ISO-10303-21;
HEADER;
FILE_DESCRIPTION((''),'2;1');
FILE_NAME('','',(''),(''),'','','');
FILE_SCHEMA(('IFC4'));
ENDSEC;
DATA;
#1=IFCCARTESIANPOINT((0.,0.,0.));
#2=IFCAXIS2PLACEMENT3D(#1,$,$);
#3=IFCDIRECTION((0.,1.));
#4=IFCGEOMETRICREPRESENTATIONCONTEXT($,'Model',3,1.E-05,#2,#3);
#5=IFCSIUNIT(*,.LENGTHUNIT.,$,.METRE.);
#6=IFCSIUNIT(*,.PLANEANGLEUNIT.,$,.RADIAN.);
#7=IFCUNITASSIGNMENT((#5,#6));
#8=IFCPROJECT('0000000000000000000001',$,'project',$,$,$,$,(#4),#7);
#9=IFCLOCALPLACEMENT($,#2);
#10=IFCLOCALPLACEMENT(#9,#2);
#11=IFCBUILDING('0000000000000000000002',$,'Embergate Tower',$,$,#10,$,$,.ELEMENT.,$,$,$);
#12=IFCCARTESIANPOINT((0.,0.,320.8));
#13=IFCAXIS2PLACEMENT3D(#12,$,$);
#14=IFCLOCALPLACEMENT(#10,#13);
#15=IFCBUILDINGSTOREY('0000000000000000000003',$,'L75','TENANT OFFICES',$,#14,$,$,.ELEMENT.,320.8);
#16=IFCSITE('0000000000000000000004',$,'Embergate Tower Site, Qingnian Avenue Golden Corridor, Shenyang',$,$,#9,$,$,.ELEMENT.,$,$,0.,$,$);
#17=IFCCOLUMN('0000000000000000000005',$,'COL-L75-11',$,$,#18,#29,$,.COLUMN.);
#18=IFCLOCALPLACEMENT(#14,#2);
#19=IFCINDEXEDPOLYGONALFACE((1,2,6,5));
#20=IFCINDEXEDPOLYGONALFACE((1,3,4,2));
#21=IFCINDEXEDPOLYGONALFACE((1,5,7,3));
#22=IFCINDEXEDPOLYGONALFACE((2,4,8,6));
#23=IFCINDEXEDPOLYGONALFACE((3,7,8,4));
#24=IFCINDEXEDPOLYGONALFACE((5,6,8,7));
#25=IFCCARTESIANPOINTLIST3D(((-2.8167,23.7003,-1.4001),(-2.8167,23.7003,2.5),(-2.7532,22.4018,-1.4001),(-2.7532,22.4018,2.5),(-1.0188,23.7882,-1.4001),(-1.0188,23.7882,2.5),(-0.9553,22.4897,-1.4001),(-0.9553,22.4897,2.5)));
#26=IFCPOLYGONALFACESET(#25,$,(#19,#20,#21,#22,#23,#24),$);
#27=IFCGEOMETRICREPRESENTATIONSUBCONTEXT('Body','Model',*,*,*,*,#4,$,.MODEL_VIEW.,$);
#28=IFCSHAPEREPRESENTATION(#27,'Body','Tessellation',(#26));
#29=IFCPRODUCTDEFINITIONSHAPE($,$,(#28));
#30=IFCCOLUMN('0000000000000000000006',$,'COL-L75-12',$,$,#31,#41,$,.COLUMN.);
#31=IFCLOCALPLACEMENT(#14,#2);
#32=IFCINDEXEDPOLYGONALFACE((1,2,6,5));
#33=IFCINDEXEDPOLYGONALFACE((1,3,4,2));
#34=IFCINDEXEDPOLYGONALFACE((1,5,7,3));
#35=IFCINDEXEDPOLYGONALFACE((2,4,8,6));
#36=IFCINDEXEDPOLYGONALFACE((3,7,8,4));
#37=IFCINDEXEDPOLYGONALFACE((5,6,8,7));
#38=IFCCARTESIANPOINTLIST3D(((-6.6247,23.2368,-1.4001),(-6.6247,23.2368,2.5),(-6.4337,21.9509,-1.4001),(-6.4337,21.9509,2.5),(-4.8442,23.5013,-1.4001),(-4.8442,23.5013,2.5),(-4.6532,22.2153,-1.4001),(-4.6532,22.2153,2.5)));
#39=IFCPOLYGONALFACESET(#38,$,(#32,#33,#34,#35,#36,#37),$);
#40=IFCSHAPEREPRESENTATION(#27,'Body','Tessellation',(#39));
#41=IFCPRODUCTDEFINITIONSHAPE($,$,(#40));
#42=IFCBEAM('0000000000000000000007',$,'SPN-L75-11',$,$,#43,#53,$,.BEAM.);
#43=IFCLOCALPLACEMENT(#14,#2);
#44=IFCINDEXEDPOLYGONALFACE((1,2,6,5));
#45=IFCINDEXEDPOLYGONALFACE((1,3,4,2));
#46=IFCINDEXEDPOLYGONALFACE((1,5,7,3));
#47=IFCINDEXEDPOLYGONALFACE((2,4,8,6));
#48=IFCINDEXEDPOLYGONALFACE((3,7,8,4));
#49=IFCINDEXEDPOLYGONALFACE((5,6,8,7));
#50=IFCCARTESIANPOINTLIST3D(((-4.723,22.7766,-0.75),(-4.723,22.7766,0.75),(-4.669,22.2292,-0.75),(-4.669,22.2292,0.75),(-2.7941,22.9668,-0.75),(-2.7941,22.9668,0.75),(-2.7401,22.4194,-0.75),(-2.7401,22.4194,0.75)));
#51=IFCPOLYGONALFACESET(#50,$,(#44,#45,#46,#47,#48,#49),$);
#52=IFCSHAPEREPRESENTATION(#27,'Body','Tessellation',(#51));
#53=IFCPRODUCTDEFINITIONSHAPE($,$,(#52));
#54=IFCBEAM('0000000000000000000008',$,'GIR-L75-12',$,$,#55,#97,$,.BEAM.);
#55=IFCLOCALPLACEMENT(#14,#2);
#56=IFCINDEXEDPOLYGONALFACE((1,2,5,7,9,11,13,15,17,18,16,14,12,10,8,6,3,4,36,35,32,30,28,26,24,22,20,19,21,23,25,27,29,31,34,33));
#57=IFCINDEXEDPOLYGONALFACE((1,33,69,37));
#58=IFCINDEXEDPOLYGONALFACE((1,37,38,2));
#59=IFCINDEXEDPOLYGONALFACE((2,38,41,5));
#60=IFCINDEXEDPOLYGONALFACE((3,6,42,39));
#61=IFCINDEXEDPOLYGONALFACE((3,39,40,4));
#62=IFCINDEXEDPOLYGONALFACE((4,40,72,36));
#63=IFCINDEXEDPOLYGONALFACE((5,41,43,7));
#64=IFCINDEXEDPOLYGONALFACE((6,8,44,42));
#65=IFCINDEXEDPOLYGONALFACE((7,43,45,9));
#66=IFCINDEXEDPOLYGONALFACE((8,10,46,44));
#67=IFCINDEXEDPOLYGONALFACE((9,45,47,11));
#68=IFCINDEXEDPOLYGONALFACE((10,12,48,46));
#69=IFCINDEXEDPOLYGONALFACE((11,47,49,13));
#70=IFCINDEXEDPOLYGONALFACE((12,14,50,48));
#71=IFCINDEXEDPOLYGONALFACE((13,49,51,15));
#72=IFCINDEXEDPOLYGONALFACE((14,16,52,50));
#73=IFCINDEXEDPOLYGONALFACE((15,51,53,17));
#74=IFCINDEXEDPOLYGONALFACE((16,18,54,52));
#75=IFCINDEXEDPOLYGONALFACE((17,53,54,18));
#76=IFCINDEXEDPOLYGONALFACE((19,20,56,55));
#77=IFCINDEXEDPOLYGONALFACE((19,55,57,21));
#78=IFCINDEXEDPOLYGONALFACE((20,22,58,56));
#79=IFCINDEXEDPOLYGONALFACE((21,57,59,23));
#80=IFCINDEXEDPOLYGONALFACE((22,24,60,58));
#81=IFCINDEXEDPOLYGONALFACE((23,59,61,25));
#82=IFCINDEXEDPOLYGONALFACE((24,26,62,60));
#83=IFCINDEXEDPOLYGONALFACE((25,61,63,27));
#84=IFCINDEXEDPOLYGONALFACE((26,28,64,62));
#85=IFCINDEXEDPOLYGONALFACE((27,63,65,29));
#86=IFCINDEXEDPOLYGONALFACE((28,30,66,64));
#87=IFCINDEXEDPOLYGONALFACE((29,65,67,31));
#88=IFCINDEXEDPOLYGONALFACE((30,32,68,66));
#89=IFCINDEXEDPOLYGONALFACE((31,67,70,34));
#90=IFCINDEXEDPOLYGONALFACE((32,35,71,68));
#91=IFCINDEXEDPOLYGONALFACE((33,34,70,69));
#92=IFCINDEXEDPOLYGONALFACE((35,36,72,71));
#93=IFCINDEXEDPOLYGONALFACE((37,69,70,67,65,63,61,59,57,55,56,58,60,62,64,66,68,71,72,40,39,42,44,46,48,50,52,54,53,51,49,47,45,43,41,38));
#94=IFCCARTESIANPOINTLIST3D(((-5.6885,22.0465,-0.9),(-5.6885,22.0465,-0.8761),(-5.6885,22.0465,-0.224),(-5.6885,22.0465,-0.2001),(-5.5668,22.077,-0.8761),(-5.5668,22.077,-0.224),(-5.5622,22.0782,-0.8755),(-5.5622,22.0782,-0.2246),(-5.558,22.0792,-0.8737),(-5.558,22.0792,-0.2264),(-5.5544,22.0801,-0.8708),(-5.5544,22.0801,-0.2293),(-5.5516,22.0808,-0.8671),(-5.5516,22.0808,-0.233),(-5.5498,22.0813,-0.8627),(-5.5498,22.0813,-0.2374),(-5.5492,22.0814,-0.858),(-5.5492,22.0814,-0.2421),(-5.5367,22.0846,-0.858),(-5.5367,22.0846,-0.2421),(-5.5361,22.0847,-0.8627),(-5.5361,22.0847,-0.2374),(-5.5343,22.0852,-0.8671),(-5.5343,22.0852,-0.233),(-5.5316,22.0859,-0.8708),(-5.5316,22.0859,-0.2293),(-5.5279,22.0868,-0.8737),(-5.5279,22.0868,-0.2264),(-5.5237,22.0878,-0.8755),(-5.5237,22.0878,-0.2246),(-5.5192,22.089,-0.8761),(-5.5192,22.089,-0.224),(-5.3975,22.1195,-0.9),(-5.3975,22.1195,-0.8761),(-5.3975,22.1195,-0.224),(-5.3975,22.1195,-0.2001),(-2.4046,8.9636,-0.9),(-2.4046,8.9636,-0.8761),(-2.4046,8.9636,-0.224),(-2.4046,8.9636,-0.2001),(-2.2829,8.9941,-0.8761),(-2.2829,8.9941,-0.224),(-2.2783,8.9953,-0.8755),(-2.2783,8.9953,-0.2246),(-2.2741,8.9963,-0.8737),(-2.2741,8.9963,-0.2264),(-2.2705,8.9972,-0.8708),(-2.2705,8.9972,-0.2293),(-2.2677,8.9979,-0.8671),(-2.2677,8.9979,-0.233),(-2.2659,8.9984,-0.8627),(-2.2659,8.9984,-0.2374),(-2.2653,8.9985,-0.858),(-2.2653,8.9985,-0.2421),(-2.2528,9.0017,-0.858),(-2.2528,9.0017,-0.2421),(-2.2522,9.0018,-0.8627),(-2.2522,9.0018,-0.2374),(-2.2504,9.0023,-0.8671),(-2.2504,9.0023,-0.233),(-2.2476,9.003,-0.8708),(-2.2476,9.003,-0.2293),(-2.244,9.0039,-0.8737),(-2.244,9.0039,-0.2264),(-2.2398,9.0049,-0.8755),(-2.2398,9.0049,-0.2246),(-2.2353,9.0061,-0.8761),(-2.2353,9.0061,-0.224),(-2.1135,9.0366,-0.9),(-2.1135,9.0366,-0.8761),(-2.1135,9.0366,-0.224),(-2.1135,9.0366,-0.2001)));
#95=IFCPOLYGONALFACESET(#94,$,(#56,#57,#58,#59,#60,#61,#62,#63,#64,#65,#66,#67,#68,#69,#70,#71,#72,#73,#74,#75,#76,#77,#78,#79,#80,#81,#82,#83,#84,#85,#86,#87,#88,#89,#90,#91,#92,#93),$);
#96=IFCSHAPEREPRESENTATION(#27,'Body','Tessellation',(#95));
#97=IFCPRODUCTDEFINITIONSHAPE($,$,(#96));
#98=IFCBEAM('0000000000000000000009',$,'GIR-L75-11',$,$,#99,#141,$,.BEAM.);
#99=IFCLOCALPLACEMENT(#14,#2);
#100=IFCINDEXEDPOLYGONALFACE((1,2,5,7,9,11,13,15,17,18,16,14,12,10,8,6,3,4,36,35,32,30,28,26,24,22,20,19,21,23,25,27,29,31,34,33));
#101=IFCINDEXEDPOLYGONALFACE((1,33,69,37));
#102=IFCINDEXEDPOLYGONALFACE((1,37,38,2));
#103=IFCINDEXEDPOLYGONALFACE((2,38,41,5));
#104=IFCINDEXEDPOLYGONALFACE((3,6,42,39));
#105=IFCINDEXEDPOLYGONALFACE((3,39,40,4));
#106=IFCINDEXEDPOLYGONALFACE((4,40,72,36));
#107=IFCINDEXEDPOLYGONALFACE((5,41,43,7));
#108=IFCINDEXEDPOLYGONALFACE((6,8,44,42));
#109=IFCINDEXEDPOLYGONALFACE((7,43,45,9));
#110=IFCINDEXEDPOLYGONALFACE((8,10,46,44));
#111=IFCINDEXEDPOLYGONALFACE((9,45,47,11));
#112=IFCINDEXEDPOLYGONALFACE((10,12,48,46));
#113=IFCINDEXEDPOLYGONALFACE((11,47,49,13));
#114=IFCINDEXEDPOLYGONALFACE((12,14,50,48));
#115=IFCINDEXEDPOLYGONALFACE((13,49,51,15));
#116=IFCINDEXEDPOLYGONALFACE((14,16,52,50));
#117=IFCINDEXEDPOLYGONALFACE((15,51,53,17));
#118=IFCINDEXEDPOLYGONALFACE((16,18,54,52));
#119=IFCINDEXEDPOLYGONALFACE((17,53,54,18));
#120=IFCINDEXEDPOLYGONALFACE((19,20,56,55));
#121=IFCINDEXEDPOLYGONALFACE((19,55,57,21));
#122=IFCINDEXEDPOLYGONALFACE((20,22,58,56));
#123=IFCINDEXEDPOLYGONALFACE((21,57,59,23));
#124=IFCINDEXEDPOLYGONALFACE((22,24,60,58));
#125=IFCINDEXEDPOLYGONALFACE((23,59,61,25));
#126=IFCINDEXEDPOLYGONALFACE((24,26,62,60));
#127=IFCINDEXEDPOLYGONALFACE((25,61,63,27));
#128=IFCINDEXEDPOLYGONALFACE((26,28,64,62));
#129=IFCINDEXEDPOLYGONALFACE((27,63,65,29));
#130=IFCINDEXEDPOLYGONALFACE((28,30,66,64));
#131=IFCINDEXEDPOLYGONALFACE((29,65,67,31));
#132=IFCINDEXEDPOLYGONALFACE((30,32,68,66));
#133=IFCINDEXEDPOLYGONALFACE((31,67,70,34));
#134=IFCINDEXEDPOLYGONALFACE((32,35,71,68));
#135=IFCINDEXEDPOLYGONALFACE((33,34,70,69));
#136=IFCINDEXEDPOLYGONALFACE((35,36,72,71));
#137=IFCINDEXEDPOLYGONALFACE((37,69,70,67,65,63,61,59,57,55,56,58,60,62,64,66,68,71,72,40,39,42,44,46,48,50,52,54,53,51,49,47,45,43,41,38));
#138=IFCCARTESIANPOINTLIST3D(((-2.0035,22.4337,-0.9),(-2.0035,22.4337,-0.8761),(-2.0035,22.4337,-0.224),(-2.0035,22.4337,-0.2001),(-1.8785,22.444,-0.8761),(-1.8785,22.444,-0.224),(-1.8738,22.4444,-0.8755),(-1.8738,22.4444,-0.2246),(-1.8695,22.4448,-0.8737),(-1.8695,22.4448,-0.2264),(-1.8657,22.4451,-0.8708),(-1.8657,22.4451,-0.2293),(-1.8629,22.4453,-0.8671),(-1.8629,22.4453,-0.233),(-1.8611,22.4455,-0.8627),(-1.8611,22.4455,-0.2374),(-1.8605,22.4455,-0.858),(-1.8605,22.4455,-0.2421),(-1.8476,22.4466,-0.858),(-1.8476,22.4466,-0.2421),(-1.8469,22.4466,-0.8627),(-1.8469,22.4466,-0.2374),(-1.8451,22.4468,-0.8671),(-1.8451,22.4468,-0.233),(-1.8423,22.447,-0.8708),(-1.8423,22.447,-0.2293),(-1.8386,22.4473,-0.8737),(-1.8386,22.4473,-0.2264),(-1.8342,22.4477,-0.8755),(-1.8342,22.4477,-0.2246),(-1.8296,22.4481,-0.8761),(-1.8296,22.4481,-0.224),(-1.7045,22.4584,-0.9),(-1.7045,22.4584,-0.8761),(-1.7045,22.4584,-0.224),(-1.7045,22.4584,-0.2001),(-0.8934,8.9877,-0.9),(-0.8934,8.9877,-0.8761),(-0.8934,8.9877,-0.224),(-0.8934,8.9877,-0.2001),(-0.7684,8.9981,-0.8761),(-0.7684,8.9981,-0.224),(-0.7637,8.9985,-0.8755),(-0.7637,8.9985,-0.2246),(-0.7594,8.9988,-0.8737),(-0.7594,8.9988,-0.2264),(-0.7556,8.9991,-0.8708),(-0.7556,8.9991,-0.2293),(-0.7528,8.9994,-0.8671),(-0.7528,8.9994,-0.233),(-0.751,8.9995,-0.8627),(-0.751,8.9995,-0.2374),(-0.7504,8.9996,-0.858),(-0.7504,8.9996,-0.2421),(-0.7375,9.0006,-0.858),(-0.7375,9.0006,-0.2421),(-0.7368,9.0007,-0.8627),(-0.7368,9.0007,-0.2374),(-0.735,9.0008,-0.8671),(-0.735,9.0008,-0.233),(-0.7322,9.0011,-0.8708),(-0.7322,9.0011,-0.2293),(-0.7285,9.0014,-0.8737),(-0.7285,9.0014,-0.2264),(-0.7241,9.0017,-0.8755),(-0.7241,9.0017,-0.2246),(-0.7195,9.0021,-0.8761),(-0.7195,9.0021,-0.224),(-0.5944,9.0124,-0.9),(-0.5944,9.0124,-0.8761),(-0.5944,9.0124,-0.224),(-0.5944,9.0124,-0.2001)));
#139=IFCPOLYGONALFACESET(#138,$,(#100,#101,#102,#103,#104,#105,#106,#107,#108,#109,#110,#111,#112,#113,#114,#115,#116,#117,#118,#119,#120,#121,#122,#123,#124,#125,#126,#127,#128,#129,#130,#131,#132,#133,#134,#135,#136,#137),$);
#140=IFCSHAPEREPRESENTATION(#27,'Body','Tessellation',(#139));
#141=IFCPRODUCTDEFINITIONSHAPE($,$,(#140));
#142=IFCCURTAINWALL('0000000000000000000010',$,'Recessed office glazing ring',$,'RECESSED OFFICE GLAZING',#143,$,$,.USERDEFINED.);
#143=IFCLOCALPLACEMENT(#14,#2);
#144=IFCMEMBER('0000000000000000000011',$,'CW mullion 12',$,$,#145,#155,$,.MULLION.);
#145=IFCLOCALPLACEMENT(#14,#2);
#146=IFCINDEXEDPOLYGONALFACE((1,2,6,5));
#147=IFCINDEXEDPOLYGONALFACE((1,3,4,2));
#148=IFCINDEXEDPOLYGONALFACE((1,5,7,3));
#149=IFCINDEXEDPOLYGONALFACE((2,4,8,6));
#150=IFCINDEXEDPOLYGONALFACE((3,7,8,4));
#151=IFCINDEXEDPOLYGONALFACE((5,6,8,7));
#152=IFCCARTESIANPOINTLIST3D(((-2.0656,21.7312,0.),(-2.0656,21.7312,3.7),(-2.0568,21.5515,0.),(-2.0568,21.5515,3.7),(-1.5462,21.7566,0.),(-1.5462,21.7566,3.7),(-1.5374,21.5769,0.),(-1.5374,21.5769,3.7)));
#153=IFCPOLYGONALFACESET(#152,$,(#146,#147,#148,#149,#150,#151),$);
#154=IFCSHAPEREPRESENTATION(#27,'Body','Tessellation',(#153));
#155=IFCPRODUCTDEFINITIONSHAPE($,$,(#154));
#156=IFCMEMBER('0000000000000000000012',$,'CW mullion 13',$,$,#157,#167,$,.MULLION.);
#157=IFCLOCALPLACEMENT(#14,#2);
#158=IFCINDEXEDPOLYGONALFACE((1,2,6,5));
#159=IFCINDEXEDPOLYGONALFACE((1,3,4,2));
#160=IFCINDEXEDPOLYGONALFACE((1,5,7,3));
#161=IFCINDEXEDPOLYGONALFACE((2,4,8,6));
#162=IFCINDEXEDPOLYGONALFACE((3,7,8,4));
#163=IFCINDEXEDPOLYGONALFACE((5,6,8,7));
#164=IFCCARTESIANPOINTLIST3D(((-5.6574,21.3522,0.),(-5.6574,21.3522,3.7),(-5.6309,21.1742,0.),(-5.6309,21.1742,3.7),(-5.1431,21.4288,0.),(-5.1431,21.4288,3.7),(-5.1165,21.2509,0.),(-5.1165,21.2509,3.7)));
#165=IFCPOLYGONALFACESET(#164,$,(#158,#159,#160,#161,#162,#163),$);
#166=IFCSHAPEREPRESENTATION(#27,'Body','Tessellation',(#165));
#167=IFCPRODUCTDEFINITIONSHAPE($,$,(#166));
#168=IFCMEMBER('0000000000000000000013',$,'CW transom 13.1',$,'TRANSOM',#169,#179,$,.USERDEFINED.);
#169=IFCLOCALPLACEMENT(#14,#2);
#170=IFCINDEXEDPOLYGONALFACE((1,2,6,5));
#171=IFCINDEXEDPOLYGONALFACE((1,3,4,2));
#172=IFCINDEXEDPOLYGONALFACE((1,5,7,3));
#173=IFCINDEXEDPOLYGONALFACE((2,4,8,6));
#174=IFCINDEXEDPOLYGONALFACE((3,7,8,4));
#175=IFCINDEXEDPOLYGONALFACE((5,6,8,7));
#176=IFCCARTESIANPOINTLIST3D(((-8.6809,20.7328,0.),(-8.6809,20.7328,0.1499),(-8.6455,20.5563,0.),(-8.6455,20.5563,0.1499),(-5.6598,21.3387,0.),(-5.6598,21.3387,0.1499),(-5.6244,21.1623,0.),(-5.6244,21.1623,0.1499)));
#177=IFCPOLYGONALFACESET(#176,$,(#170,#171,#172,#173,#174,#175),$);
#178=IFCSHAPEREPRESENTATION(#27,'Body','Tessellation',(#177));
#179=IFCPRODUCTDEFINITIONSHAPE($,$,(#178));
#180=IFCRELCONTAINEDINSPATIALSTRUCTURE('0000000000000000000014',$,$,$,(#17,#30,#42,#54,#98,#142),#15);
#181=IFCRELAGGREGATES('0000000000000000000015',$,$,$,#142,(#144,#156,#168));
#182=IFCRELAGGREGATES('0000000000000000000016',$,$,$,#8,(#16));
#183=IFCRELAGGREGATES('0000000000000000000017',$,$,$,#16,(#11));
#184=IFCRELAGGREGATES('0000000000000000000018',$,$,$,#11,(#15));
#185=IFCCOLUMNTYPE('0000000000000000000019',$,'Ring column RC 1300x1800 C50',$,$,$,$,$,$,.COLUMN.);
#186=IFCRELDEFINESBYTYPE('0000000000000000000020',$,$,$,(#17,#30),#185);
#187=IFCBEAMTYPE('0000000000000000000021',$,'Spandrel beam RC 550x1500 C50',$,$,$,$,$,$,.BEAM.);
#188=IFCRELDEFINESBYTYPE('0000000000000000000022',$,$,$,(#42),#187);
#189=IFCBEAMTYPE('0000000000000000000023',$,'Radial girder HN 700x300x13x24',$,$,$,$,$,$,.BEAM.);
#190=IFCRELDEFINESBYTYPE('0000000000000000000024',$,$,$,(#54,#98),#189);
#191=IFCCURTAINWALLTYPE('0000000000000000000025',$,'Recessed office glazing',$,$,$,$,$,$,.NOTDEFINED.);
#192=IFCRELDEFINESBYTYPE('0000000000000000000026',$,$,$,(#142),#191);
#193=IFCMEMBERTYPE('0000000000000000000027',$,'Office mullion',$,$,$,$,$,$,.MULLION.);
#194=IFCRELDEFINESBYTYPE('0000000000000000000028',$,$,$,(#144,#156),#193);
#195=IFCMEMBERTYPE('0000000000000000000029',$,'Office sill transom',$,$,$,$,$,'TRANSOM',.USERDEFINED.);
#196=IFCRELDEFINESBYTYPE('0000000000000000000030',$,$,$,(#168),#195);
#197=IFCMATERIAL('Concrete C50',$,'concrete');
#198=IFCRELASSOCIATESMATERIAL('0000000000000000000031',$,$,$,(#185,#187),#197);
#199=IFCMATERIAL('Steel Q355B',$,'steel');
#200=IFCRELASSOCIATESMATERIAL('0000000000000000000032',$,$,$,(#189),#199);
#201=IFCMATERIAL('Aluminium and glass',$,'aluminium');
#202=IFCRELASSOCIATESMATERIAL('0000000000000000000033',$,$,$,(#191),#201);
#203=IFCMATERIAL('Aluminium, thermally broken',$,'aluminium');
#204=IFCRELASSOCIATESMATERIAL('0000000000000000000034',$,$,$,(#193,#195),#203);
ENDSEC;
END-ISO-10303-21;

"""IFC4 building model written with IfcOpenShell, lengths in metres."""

from ifc_helpers import new_model, si_unit, direction, frame, origin, origin_2d, place, context, subcontext, project, spatial, rectangle, i_section, extrude, source, transform, mapped, material, material_profile, profile_set, type_object, element, aggregate, save


model = new_model("IFC4")

# Units and contexts
model_context = context("Model", 3, precision=1e-05, world=origin(), true_north=direction((0.0, 1.0)))
body_context = subcontext(model_context, "Body", "Model", "MODEL_VIEW")
ifc_project = project(units=[si_unit("LENGTHUNIT", "METRE"), si_unit("PLANEANGLEUNIT", "RADIAN")], contexts=[model_context])

# Site, building, storey
site_placement = place(None, origin())
site = spatial("IfcSite", under=ifc_project, at=site_placement, Name="Embergate Tower Site, Qingnian Avenue Golden Corridor, Shenyang", CompositionType="ELEMENT", RefElevation=0.0)
building_placement = place(site_placement, origin())
building = spatial("IfcBuilding", under=site, at=building_placement, Name="Embergate Tower", CompositionType="ELEMENT")
storey_placement = place(building_placement, frame((0.0, 0.0, 320.8)))
storey = spatial("IfcBuildingStorey", under=building, at=storey_placement, Name="L75", Description="TENANT OFFICES", CompositionType="ELEMENT", Elevation=320.8)

# Columns
ifc_material_1 = material(Name="Concrete C50", Category="concrete")
ifc_material_profile_1 = material_profile(ifc_material_1, rectangle(XDim=1.3, YDim=1.8, at=origin_2d()), Name="RC 1300x1800")
ifc_profile_set_1 = profile_set([ifc_material_profile_1], Name="Concrete C50")
column_type = type_object("IfcColumnType", Name="Ring column RC 1300x1800 C50", PredefinedType="COLUMN", material=ifc_profile_set_1)
shared_shape_1 = source(origin(), body_context, "Body", "SweptSolid", [
    extrude(rectangle(XDim=1.3, YDim=1.8, at=origin_2d()), origin(), (0.0, 0.0, 1.0), 3.9001),
])
for number, where, z_axis, x_axis, name in (
    (1, (-1.886, 23.095, -1.4001), (0.0, 0.0, 1.0), (-0.048815, 0.998808, 0.0), "COL-L75-11"),
    (2, (-5.6389, 22.7261, -1.4001), (0.0, 0.0, 1.0), (-0.146929, 0.989147, 0.0), "COL-L75-12"),
):
    element("IfcColumn", number, at=place(storey_placement, frame(where, z_axis=z_axis, x_axis=x_axis)), inside=storey, type_object=column_type, Name=name, PredefinedType="COLUMN", context=body_context, shape_type="MappedRepresentation", body=[
        mapped(shared_shape_1, transform((0.0, 0.0, 0.0))),
    ])

# Beams
ifc_material_profile_2 = material_profile(ifc_material_1, rectangle(XDim=0.55, YDim=1.5, at=origin_2d()), Name="RC 550x1500")
ifc_profile_set_2 = profile_set([ifc_material_profile_2], Name="Concrete C50")
beam_type_1 = type_object("IfcBeamType", Name="Spandrel beam RC 550x1500 C50", PredefinedType="BEAM", material=ifc_profile_set_2)
shared_shape_2 = source(origin(), body_context, "Body", "SweptSolid", [
    extrude(rectangle(XDim=0.55, YDim=1.5, at=origin_2d()), origin(), (0.0, 0.0, 1.0), 1.9382),
])
beam_1_placement = place(storey_placement, frame((-2.7671, 22.6931, 0.0), z_axis=(-0.995175, -0.098119, 0.0), x_axis=(0.098119, -0.995175, 0.0)))
element("IfcBeam", 3, at=beam_1_placement, inside=storey, type_object=beam_type_1, Name="SPN-L75-11", PredefinedType="BEAM", context=body_context, shape_type="MappedRepresentation", body=[
    mapped(shared_shape_2, transform((0.0, 0.0, 0.0))),
])
ifc_material_2 = material(Name="Steel Q355B", Category="steel")
ifc_material_profile_3 = material_profile(ifc_material_2, i_section(OverallWidth=0.3, OverallDepth=0.7, WebThickness=0.0129, FlangeThickness=0.0239, FilletRadius=0.0181, at=origin_2d()), Name="HN 700x300x13x24")
ifc_profile_set_3 = profile_set([ifc_material_profile_3], Name="Steel Q355 grade B")
beam_type_2 = type_object("IfcBeamType", Name="Radial girder HN 700x300x13x24", PredefinedType="BEAM", material=ifc_profile_set_3)
shared_shape_3 = source(origin(), body_context, "Body", "SweptSolid", [
    extrude(i_section(OverallWidth=0.3, OverallDepth=0.7, WebThickness=0.0129, FlangeThickness=0.0239, FilletRadius=0.0181, at=origin_2d()), origin(), (0.0, 0.0, 1.0), 13.4888),
])
beam_2_placement = place(storey_placement, frame((-5.543, 22.083, -0.55), z_axis=(0.243455, -0.969912, 0.0), x_axis=(0.969912, 0.243455, 0.0)))
element("IfcBeam", 4, at=beam_2_placement, inside=storey, type_object=beam_type_2, Name="GIR-L75-12", PredefinedType="BEAM", context=body_context, shape_type="MappedRepresentation", body=[
    mapped(shared_shape_3, transform((0.0, 0.0, 0.0))),
])
shared_shape_4 = source(origin(), body_context, "Body", "SweptSolid", [
    extrude(i_section(OverallWidth=0.3, OverallDepth=0.7, WebThickness=0.0129, FlangeThickness=0.0239, FilletRadius=0.0181, at=origin_2d()), origin(), (0.0, 0.0, 1.0), 13.4917),
])
beam_3_placement = place(storey_placement, frame((-1.854, 22.446, -0.55), z_axis=(0.08228, -0.996609, 0.0), x_axis=(0.996609, 0.08228, 0.0)))
element("IfcBeam", 5, at=beam_3_placement, inside=storey, type_object=beam_type_2, Name="GIR-L75-11", PredefinedType="BEAM", context=body_context, shape_type="MappedRepresentation", body=[
    mapped(shared_shape_4, transform((0.0, 0.0, 0.0))),
])

# Curtain wall, members
ifc_material_3 = material(Name="Aluminium and glass", Category="aluminium")
curtain_wall_type = type_object("IfcCurtainWallType", Name="Recessed office glazing", PredefinedType="NOTDEFINED", material=ifc_material_3)
curtain_wall_placement = place(storey_placement, origin())
curtain_wall = element("IfcCurtainWall", 6, at=curtain_wall_placement, inside=storey, type_object=curtain_wall_type, Name="Recessed office glazing ring", ObjectType="RECESSED OFFICE GLAZING", PredefinedType="USERDEFINED")
ifc_material_4 = material(Name="Aluminium, thermally broken", Category="aluminium")
ifc_material_profile_4 = material_profile(ifc_material_4, rectangle(XDim=0.1799, YDim=0.52, at=origin_2d()), Name="AL 520x180")
ifc_profile_set_4 = profile_set([ifc_material_profile_4], Name="Aluminium, thermally broken")
member_type_1 = type_object("IfcMemberType", Name="Office mullion", PredefinedType="MULLION", material=ifc_profile_set_4)
shared_shape_5 = source(origin(), body_context, "Body", "SweptSolid", [
    extrude(rectangle(XDim=0.1799, YDim=0.52, at=origin_2d()), origin(), (0.0, 0.0, 1.0), 3.7),
])
member_1_placement = place(storey_placement, frame((-1.8015, 21.6541, 0.0), z_axis=(0.0, 0.0, 1.0), x_axis=(0.048972, -0.9988, 0.0)))
member_1 = element("IfcMember", 7, at=member_1_placement, type_object=member_type_1, Name="CW mullion 12", PredefinedType="MULLION", context=body_context, shape_type="MappedRepresentation", body=[
    mapped(shared_shape_5, transform((0.0, 0.0, 0.0))),
])
member_2_placement = place(storey_placement, frame((-5.387, 21.3015, 0.0), z_axis=(0.0, 0.0, 1.0), x_axis=(0.147412, -0.989075, 0.0)))
member_2 = element("IfcMember", 8, at=member_2_placement, type_object=member_type_1, Name="CW mullion 13", PredefinedType="MULLION", context=body_context, shape_type="MappedRepresentation", body=[
    mapped(shared_shape_5, transform((0.0, 0.0, 0.0))),
])
ifc_material_profile_5 = material_profile(ifc_material_4, rectangle(XDim=0.1799, YDim=0.1499, at=origin_2d()), Name="AL 150x180")
ifc_profile_set_5 = profile_set([ifc_material_profile_5], Name="Aluminium, thermally broken")
member_type_2 = type_object("IfcMemberType", Name="Office sill transom", ElementType="TRANSOM", PredefinedType="USERDEFINED", material=ifc_profile_set_5)
shared_shape_6 = source(origin(), body_context, "Body", "SweptSolid", [
    extrude(rectangle(XDim=0.1799, YDim=0.1499, at=origin_2d()), origin(), (0.0, 0.0, 1.0), 3.0813),
])
member_3_placement = place(storey_placement, frame((-5.6421, 21.2505, 0.075), z_axis=(-0.980474, -0.196649, 0.0), x_axis=(0.196649, -0.980474, 0.0)))
member_3 = element("IfcMember", 9, at=member_3_placement, type_object=member_type_2, Name="CW transom 13.1", ObjectType="TRANSOM", PredefinedType="USERDEFINED", context=body_context, shape_type="MappedRepresentation", body=[
    mapped(shared_shape_6, transform((0.0, 0.0, 0.0))),
])
aggregate(curtain_wall, [member_1, member_2, member_3])

save(model, "model.ifc")
